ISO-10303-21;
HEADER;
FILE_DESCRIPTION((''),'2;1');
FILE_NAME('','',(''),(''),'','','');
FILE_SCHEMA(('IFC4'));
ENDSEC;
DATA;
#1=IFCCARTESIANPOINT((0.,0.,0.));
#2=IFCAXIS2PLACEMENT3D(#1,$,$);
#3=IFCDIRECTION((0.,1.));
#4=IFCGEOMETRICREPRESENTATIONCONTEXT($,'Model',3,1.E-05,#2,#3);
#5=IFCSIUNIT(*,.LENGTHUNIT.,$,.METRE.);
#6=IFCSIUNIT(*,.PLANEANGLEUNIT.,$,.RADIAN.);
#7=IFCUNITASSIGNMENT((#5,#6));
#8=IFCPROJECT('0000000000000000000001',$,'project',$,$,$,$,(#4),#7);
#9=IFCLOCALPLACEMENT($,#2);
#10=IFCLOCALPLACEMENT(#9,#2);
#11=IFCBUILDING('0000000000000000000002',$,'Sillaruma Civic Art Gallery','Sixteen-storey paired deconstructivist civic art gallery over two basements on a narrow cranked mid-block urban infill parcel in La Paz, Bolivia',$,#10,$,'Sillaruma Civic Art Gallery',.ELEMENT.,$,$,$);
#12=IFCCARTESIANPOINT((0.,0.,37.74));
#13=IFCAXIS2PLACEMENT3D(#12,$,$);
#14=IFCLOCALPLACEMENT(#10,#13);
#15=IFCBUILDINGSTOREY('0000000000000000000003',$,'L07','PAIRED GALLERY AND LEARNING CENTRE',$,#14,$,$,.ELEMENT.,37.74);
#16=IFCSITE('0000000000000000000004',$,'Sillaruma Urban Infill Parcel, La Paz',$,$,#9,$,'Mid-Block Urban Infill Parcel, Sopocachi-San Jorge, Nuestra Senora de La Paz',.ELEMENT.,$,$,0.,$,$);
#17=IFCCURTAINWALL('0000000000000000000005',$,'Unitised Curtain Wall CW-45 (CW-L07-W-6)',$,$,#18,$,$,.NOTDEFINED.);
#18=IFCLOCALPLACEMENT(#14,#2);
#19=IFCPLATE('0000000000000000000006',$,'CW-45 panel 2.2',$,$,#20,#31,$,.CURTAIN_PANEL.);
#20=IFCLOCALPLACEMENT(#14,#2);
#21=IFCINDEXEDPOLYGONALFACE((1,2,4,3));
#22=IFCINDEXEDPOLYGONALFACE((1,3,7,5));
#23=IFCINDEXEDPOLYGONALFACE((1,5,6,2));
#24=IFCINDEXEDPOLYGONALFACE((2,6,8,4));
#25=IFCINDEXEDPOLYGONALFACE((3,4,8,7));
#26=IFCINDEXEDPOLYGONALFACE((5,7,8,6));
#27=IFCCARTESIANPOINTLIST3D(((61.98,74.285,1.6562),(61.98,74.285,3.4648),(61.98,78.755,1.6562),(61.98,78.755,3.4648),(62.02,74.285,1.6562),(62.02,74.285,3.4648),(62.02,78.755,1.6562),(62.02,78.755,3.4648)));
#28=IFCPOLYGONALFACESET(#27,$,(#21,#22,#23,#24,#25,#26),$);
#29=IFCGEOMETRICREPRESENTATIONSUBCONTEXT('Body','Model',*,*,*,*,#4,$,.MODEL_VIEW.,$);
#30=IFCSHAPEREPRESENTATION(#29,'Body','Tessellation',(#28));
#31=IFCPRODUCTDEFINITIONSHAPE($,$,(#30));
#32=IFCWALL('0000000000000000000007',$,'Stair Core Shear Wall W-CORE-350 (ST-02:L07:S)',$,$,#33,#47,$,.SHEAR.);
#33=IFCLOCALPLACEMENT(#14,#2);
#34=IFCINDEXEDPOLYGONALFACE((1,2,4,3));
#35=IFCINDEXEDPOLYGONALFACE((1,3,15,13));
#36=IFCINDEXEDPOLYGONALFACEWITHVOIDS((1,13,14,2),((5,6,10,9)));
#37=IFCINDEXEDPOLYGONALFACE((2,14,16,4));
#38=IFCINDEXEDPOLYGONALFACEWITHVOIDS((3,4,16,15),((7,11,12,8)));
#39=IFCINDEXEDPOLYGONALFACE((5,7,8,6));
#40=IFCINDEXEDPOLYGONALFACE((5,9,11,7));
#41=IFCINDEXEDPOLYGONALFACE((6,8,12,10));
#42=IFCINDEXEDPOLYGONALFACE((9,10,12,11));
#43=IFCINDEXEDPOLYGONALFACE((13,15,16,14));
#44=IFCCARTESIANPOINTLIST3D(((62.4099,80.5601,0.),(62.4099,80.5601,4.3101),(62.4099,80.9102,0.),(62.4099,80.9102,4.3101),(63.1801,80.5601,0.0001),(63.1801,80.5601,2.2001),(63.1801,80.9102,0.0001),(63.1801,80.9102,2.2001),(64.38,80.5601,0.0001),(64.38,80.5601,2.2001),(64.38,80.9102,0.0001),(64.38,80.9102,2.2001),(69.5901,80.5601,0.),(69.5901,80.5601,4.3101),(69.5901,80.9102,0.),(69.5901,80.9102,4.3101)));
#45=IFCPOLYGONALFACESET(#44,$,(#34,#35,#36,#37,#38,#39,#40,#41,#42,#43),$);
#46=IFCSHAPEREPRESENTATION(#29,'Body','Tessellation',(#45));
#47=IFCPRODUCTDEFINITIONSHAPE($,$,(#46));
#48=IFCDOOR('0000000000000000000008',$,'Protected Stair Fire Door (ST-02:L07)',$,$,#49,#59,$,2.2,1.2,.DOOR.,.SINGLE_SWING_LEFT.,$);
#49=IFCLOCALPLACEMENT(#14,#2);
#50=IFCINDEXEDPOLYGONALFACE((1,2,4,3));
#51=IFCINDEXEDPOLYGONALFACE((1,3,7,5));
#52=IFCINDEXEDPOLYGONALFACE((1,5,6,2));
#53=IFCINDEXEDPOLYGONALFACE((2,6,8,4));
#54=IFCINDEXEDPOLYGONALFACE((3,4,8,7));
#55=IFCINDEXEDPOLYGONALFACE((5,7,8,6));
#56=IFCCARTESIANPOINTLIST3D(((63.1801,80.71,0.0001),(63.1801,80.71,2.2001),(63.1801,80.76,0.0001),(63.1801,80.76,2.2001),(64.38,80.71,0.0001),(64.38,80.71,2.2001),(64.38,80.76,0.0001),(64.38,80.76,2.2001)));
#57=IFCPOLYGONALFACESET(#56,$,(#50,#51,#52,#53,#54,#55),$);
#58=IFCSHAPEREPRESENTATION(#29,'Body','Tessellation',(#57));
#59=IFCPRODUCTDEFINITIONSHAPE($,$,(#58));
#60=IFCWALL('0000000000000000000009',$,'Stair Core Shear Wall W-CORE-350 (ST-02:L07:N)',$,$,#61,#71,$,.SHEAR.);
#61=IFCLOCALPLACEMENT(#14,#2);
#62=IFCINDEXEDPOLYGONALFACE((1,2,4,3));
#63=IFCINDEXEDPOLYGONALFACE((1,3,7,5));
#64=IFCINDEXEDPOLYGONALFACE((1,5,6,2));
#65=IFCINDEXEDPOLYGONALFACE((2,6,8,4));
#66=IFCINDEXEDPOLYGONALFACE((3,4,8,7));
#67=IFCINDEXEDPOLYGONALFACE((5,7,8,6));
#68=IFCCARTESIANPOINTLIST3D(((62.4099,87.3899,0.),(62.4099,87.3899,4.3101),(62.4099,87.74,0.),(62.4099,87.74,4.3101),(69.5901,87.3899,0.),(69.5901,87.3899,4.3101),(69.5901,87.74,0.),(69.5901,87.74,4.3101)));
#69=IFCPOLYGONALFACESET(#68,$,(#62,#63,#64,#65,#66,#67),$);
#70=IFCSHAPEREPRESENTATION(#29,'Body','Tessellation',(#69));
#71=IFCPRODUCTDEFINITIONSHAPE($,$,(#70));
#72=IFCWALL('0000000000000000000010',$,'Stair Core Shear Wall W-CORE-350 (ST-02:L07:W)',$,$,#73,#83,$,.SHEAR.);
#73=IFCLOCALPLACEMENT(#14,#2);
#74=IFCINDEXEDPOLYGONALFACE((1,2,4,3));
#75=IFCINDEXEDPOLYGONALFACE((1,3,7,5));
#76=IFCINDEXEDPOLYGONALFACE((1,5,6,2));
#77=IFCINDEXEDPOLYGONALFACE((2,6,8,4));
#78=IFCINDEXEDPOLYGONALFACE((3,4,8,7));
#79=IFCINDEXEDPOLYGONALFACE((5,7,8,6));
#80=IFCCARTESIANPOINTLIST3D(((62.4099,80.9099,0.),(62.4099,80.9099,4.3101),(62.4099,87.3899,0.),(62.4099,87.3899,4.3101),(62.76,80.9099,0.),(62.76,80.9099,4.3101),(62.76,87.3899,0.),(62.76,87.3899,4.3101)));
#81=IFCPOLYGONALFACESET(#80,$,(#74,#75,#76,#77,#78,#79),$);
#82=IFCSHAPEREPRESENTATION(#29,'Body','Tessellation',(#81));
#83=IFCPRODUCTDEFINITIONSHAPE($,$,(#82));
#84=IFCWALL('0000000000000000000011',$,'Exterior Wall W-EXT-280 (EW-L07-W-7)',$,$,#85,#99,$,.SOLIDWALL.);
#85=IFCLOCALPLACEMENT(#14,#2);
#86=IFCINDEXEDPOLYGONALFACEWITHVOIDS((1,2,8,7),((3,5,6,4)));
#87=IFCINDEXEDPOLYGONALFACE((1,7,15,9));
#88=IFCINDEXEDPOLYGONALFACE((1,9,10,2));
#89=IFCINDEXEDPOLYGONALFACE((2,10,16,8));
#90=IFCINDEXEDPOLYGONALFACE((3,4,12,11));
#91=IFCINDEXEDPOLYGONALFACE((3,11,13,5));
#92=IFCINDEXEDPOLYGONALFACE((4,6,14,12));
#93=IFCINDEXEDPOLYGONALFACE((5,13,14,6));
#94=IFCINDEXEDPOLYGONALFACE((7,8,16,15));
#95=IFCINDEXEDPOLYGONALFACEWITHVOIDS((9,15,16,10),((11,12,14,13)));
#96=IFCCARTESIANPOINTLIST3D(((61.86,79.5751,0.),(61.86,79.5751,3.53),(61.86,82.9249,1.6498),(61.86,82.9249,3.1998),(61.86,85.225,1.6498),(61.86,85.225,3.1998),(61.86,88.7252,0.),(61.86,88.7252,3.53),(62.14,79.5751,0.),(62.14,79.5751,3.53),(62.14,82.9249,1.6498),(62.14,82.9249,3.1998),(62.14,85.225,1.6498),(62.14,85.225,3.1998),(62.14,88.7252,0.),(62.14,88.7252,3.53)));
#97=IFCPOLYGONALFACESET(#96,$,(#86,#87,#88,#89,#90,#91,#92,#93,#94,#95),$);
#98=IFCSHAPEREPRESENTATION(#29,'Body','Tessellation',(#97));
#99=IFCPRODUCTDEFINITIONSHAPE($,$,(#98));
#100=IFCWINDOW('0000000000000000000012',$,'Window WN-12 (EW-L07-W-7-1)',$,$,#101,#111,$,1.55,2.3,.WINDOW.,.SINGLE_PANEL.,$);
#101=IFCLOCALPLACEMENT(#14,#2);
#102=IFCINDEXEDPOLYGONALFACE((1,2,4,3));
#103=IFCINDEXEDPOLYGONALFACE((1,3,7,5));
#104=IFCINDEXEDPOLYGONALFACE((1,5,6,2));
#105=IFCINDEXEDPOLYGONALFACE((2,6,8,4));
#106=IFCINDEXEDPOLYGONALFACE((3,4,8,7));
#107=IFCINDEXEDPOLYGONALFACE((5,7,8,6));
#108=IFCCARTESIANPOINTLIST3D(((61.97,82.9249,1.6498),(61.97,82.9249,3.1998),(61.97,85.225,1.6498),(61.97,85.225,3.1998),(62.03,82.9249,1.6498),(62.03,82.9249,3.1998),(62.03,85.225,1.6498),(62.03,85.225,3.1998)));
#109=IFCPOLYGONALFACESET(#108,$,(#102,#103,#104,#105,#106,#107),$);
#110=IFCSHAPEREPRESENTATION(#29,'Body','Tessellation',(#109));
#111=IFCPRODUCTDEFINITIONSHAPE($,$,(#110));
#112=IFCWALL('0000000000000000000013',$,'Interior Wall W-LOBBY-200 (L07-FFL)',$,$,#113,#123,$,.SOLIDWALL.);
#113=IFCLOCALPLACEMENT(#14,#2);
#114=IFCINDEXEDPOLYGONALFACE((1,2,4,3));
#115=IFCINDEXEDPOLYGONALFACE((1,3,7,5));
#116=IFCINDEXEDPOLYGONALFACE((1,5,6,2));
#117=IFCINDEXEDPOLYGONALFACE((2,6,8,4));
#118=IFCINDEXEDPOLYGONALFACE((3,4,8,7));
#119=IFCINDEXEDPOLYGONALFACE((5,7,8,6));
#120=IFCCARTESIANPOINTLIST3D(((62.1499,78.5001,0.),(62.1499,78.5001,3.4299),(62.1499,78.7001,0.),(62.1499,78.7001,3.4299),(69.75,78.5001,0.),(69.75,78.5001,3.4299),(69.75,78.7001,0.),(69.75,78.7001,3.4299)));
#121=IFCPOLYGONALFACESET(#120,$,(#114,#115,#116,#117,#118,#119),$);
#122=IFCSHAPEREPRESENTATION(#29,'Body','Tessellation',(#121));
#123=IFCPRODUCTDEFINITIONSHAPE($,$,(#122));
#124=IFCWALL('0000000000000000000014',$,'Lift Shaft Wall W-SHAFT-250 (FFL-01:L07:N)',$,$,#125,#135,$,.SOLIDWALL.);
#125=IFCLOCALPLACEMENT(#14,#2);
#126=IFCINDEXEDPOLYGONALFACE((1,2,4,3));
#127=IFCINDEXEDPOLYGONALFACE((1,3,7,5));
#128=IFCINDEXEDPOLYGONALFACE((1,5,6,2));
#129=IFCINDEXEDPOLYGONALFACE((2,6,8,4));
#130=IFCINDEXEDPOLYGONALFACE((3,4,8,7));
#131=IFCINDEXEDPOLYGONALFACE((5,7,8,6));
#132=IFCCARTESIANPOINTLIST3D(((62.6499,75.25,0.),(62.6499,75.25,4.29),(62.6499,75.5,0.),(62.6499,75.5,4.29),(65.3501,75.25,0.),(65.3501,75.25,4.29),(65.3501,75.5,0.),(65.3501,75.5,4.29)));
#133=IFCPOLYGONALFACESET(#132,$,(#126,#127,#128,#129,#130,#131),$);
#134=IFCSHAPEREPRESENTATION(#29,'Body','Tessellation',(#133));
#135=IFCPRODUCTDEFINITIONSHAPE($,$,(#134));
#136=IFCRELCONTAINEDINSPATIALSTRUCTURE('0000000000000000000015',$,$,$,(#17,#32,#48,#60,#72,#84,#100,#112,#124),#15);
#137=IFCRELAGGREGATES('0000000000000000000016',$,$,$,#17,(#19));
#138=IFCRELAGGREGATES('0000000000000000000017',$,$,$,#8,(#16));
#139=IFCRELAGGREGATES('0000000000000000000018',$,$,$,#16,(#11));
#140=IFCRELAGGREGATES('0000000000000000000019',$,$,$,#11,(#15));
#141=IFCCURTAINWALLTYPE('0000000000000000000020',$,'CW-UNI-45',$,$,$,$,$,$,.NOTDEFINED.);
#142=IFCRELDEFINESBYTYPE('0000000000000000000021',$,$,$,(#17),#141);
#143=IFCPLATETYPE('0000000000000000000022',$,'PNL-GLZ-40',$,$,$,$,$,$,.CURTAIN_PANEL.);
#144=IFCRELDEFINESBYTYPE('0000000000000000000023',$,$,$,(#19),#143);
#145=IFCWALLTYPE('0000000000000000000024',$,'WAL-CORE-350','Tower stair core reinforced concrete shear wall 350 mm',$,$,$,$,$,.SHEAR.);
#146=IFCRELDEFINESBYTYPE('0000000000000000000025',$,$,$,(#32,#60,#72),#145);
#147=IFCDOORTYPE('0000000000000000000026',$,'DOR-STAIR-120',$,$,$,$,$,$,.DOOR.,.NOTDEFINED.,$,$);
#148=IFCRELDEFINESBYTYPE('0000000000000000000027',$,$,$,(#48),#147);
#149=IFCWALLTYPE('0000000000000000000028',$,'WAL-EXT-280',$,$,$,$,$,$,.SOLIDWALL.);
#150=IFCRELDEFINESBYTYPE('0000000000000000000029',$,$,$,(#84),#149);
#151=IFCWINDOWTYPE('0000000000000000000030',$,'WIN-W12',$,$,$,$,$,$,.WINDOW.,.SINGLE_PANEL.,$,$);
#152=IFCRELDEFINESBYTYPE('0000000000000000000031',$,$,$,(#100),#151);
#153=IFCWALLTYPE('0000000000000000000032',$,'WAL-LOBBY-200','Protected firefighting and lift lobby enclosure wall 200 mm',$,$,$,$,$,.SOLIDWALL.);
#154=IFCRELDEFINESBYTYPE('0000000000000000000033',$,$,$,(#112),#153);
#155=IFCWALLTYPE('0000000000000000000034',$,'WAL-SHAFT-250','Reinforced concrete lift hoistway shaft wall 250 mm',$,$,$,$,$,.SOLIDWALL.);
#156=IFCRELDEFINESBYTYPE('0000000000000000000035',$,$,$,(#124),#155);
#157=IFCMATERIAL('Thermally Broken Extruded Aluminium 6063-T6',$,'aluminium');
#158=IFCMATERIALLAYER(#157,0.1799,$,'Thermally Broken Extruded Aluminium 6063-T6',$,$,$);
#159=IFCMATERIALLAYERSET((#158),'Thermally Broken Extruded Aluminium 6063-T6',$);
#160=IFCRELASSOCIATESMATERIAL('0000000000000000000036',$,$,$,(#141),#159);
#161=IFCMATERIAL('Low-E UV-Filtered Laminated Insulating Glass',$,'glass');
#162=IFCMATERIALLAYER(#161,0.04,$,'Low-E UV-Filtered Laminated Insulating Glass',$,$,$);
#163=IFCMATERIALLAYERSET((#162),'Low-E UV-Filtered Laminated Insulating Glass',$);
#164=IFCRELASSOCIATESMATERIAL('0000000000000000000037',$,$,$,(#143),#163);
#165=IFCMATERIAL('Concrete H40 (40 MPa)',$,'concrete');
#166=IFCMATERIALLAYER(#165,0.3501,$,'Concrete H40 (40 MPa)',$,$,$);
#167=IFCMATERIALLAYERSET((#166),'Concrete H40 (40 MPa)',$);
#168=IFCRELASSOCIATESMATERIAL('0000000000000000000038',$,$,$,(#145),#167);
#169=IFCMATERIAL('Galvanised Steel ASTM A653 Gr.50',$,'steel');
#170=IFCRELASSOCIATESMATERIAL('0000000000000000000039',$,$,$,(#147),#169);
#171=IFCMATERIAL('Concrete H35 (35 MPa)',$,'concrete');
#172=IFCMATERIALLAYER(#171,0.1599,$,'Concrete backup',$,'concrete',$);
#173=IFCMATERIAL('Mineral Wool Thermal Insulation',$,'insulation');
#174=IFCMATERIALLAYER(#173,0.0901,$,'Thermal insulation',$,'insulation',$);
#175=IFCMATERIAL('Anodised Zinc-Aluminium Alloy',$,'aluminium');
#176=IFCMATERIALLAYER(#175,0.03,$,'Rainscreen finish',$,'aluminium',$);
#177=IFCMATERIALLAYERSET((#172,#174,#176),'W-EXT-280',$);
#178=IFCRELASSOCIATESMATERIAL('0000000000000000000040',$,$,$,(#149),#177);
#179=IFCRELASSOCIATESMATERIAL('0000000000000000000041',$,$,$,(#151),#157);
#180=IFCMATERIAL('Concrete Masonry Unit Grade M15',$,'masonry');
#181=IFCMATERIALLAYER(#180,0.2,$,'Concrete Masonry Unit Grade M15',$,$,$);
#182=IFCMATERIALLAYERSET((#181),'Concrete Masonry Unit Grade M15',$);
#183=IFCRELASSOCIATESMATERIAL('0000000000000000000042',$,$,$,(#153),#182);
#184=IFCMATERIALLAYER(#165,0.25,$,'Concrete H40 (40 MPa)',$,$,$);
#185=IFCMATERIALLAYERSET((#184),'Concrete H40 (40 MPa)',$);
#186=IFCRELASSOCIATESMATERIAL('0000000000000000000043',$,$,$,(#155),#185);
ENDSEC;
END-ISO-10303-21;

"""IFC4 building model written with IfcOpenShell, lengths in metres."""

from ifc_helpers import new_model, si_unit, direction, frame, frame_2d, origin, origin_2d, place, context, subcontext, project, spatial, rectangle, extrude, material, layer, layer_set, type_object, element, fill, aggregate, save


model = new_model("IFC4")

# Units and contexts
model_context = context("Model", 3, precision=1e-05, world=origin(), true_north=direction((0.0, 1.0)))
body_context = subcontext(model_context, "Body", "Model", "MODEL_VIEW")
ifc_project = project(units=[si_unit("LENGTHUNIT", "METRE"), si_unit("PLANEANGLEUNIT", "RADIAN")], contexts=[model_context])

# Site, building, storey
site_placement = place(None, origin())
site = spatial("IfcSite", under=ifc_project, at=site_placement, Name="Sillaruma Urban Infill Parcel, La Paz", LongName="Mid-Block Urban Infill Parcel, Sopocachi-San Jorge, Nuestra Senora de La Paz", CompositionType="ELEMENT", RefElevation=0.0)
building_placement = place(site_placement, origin())
building = spatial("IfcBuilding", under=site, at=building_placement, Name="Sillaruma Civic Art Gallery", Description="Sixteen-storey paired deconstructivist civic art gallery over two basements on a narrow cranked mid-block urban infill parcel in La Paz, Bolivia", LongName="Sillaruma Civic Art Gallery", CompositionType="ELEMENT")
storey_placement = place(building_placement, frame((0.0, 0.0, 37.74)))
storey = spatial("IfcBuildingStorey", under=building, at=storey_placement, Name="L07", Description="PAIRED GALLERY AND LEARNING CENTRE", CompositionType="ELEMENT", Elevation=37.74)

# Shared definitions
ifc_material_1 = material(Name="Concrete H40 (40 MPa)", Category="concrete")

# Shared definitions
ifc_material_2 = material(Name="Concrete H35 (35 MPa)", Category="concrete")

# Curtain wall
ifc_material_3 = material(Name="Thermally Broken Extruded Aluminium 6063-T6", Category="aluminium")
ifc_layer_1 = layer(ifc_material_3, 0.1799, Name="Thermally Broken Extruded Aluminium 6063-T6")
ifc_layer_set_1 = layer_set([ifc_layer_1], Name="Thermally Broken Extruded Aluminium 6063-T6")
curtain_wall_type = type_object("IfcCurtainWallType", Name="CW-UNI-45", PredefinedType="NOTDEFINED", material=ifc_layer_set_1)
curtain_wall_placement = place(storey_placement, origin())
curtain_wall = element("IfcCurtainWall", 1, at=curtain_wall_placement, inside=storey, type_object=curtain_wall_type, Name="Unitised Curtain Wall CW-45 (CW-L07-W-6)", PredefinedType="NOTDEFINED")

# Plate
ifc_material_4 = material(Name="Low-E UV-Filtered Laminated Insulating Glass", Category="glass")
ifc_layer_2 = layer(ifc_material_4, 0.04, Name="Low-E UV-Filtered Laminated Insulating Glass")
ifc_layer_set_2 = layer_set([ifc_layer_2], Name="Low-E UV-Filtered Laminated Insulating Glass")
plate_type = type_object("IfcPlateType", Name="PNL-GLZ-40", PredefinedType="CURTAIN_PANEL", material=ifc_layer_set_2)
plate_1_placement = place(storey_placement, frame((62.0, 76.52, 1.6562), z_axis=(0.0, 0.0, 1.0), x_axis=(0.0, 1.0, 0.0)))
plate_1 = element("IfcPlate", 2, at=plate_1_placement, type_object=plate_type, Name="CW-45 panel 2.2", PredefinedType="CURTAIN_PANEL", context=body_context, shape_type="SweptSolid", body=[
    extrude(rectangle(XDim=4.47, YDim=0.04, at=origin_2d()), origin(), (0.0, 0.0, 1.0), 1.8086),
])
aggregate(curtain_wall, [plate_1])

# Wall, opening, door
ifc_layer_3 = layer(ifc_material_1, 0.3501, Name="Concrete H40 (40 MPa)")
ifc_layer_set_3 = layer_set([ifc_layer_3], Name="Concrete H40 (40 MPa)")
wall_type_1 = type_object("IfcWallType", Name="WAL-CORE-350", Description="Tower stair core reinforced concrete shear wall 350 mm", PredefinedType="SHEAR", material=ifc_layer_set_3)
wall_1_placement = place(storey_placement, frame((62.4099, 80.7351, 0.0), z_axis=(0.0, 0.0, 1.0), x_axis=(1.0, 0.0, 0.0)))
wall_1 = element("IfcWall", 3, at=wall_1_placement, inside=storey, type_object=wall_type_1, Name="Stair Core Shear Wall W-CORE-350 (ST-02:L07:S)", PredefinedType="SHEAR", context=body_context, shape_type="SweptSolid", body=[
    extrude(rectangle(XDim=7.1802, YDim=0.3501, at=frame_2d((3.5901, 0.0))), origin(), (0.0, 0.0, 1.0), 4.3101),
])
opening_1_placement = place(wall_1_placement, frame((0.77, 0.0, 0.0)))
opening_1 = element("IfcOpeningElement", 4, at=opening_1_placement, cuts=wall_1, PredefinedType="OPENING", context=body_context, shape_type="SweptSolid", body=[
    extrude(rectangle(XDim=1.2, YDim=2.2, at=frame_2d((0.6001, 1.1001))), frame((0.0, 0.1851, 0.0), z_axis=(0.0, -1.0, 0.0), x_axis=(1.0, 0.0, 0.0)), (0.0, 0.0, 1.0), 0.3701),
])
ifc_material_5 = material(Name="Galvanised Steel ASTM A653 Gr.50", Category="steel")
door_type = type_object("IfcDoorType", Name="DOR-STAIR-120", OperationType="NOTDEFINED", PredefinedType="DOOR", material=ifc_material_5)
door_placement = place(opening_1_placement, origin())
door = element("IfcDoor", 5, at=door_placement, inside=storey, type_object=door_type, Name="Protected Stair Fire Door (ST-02:L07)", OperationType="SINGLE_SWING_LEFT", OverallHeight=2.2, OverallWidth=1.2, PredefinedType="DOOR", context=body_context, shape_type="SweptSolid", body=[
    extrude(rectangle(XDim=1.2, YDim=2.2, at=frame_2d((0.6001, 1.1001))), frame((0.0, 0.0249, 0.0), z_axis=(0.0, -1.0, 0.0), x_axis=(1.0, 0.0, 0.0)), (0.0, 0.0, 1.0), 0.05),
])
fill(opening_1, door)

# Walls
wall_2_placement = place(storey_placement, frame((62.4099, 87.5649, 0.0), z_axis=(0.0, 0.0, 1.0), x_axis=(1.0, 0.0, 0.0)))
element("IfcWall", 6, at=wall_2_placement, inside=storey, type_object=wall_type_1, Name="Stair Core Shear Wall W-CORE-350 (ST-02:L07:N)", PredefinedType="SHEAR", context=body_context, shape_type="SweptSolid", body=[
    extrude(rectangle(XDim=7.1802, YDim=0.3501, at=frame_2d((3.5901, 0.0))), origin(), (0.0, 0.0, 1.0), 4.3101),
])
wall_3_placement = place(storey_placement, frame((62.585, 80.9099, 0.0), z_axis=(0.0, 0.0, 1.0), x_axis=(0.0, 1.0, 0.0)))
element("IfcWall", 7, at=wall_3_placement, inside=storey, type_object=wall_type_1, Name="Stair Core Shear Wall W-CORE-350 (ST-02:L07:W)", PredefinedType="SHEAR", context=body_context, shape_type="SweptSolid", body=[
    extrude(rectangle(XDim=6.48, YDim=0.3501, at=frame_2d((3.24, 0.0))), origin(), (0.0, 0.0, 1.0), 4.3101),
])

# Wall, opening, window
ifc_layer_4 = layer(ifc_material_2, 0.1599, Name="Concrete backup", Category="concrete")
ifc_material_6 = material(Name="Mineral Wool Thermal Insulation", Category="insulation")
ifc_layer_5 = layer(ifc_material_6, 0.0901, Name="Thermal insulation", Category="insulation")
ifc_material_7 = material(Name="Anodised Zinc-Aluminium Alloy", Category="aluminium")
ifc_layer_6 = layer(ifc_material_7, 0.03, Name="Rainscreen finish", Category="aluminium")
ifc_layer_set_4 = layer_set([ifc_layer_4, ifc_layer_5, ifc_layer_6], Name="W-EXT-280")
wall_type_2 = type_object("IfcWallType", Name="WAL-EXT-280", PredefinedType="SOLIDWALL", material=ifc_layer_set_4)
wall_4_placement = place(storey_placement, frame((62.0, 79.575, 0.0), z_axis=(0.0, 0.0, 1.0), x_axis=(0.0, 1.0, 0.0)))
wall_4 = element("IfcWall", 8, at=wall_4_placement, inside=storey, type_object=wall_type_2, Name="Exterior Wall W-EXT-280 (EW-L07-W-7)", PredefinedType="SOLIDWALL", context=body_context, shape_type="SweptSolid", body=[
    extrude(rectangle(XDim=9.1501, YDim=0.28, at=frame_2d((4.5752, 0.0))), origin(), (0.0, 0.0, 1.0), 3.53),
])
opening_2_placement = place(wall_4_placement, frame((3.3501, 0.0, 1.6499)))
opening_2 = element("IfcOpeningElement", 9, at=opening_2_placement, cuts=wall_4, PredefinedType="OPENING", context=body_context, shape_type="SweptSolid", body=[
    extrude(rectangle(XDim=2.3, YDim=1.55, at=frame_2d((1.1499, 0.7749))), frame((0.0, 0.1499, 0.0), z_axis=(0.0, -1.0, 0.0), x_axis=(1.0, 0.0, 0.0)), (0.0, 0.0, 1.0), 0.3),
])
window_type = type_object("IfcWindowType", Name="WIN-W12", PartitioningType="SINGLE_PANEL", PredefinedType="WINDOW", material=ifc_material_3)
window_placement = place(opening_2_placement, origin())
window = element("IfcWindow", 10, at=window_placement, inside=storey, type_object=window_type, Name="Window WN-12 (EW-L07-W-7-1)", OverallHeight=1.55, OverallWidth=2.3, PartitioningType="SINGLE_PANEL", PredefinedType="WINDOW", context=body_context, shape_type="SweptSolid", body=[
    extrude(rectangle(XDim=2.3, YDim=1.55, at=frame_2d((1.1499, 0.7749))), frame((0.0, 0.03, 0.0), z_axis=(0.0, -1.0, 0.0), x_axis=(1.0, 0.0, 0.0)), (0.0, 0.0, 1.0), 0.0601),
])
fill(opening_2, window)

# Walls
ifc_material_8 = material(Name="Concrete Masonry Unit Grade M15", Category="masonry")
ifc_layer_7 = layer(ifc_material_8, 0.2, Name="Concrete Masonry Unit Grade M15")
ifc_layer_set_5 = layer_set([ifc_layer_7], Name="Concrete Masonry Unit Grade M15")
wall_type_3 = type_object("IfcWallType", Name="WAL-LOBBY-200", Description="Protected firefighting and lift lobby enclosure wall 200 mm", PredefinedType="SOLIDWALL", material=ifc_layer_set_5)
wall_5_placement = place(storey_placement, frame((62.1499, 78.6001, 0.0), z_axis=(0.0, 0.0, 1.0), x_axis=(1.0, 0.0, 0.0)))
element("IfcWall", 11, at=wall_5_placement, inside=storey, type_object=wall_type_3, Name="Interior Wall W-LOBBY-200 (L07-FFL)", PredefinedType="SOLIDWALL", context=body_context, shape_type="SweptSolid", body=[
    extrude(rectangle(XDim=7.6001, YDim=0.2, at=frame_2d((3.8, 0.0))), origin(), (0.0, 0.0, 1.0), 3.4299),
])
ifc_layer_8 = layer(ifc_material_1, 0.25, Name="Concrete H40 (40 MPa)")
ifc_layer_set_6 = layer_set([ifc_layer_8], Name="Concrete H40 (40 MPa)")
wall_type_4 = type_object("IfcWallType", Name="WAL-SHAFT-250", Description="Reinforced concrete lift hoistway shaft wall 250 mm", PredefinedType="SOLIDWALL", material=ifc_layer_set_6)
wall_6_placement = place(storey_placement, frame((62.6499, 75.375, 0.0), z_axis=(0.0, 0.0, 1.0), x_axis=(1.0, 0.0, 0.0)))
element("IfcWall", 12, at=wall_6_placement, inside=storey, type_object=wall_type_4, Name="Lift Shaft Wall W-SHAFT-250 (FFL-01:L07:N)", PredefinedType="SOLIDWALL", context=body_context, shape_type="SweptSolid", body=[
    extrude(rectangle(XDim=2.7002, YDim=0.25, at=frame_2d((1.3501, 0.0))), origin(), (0.0, 0.0, 1.0), 4.29),
])

save(model, "model.ifc")
